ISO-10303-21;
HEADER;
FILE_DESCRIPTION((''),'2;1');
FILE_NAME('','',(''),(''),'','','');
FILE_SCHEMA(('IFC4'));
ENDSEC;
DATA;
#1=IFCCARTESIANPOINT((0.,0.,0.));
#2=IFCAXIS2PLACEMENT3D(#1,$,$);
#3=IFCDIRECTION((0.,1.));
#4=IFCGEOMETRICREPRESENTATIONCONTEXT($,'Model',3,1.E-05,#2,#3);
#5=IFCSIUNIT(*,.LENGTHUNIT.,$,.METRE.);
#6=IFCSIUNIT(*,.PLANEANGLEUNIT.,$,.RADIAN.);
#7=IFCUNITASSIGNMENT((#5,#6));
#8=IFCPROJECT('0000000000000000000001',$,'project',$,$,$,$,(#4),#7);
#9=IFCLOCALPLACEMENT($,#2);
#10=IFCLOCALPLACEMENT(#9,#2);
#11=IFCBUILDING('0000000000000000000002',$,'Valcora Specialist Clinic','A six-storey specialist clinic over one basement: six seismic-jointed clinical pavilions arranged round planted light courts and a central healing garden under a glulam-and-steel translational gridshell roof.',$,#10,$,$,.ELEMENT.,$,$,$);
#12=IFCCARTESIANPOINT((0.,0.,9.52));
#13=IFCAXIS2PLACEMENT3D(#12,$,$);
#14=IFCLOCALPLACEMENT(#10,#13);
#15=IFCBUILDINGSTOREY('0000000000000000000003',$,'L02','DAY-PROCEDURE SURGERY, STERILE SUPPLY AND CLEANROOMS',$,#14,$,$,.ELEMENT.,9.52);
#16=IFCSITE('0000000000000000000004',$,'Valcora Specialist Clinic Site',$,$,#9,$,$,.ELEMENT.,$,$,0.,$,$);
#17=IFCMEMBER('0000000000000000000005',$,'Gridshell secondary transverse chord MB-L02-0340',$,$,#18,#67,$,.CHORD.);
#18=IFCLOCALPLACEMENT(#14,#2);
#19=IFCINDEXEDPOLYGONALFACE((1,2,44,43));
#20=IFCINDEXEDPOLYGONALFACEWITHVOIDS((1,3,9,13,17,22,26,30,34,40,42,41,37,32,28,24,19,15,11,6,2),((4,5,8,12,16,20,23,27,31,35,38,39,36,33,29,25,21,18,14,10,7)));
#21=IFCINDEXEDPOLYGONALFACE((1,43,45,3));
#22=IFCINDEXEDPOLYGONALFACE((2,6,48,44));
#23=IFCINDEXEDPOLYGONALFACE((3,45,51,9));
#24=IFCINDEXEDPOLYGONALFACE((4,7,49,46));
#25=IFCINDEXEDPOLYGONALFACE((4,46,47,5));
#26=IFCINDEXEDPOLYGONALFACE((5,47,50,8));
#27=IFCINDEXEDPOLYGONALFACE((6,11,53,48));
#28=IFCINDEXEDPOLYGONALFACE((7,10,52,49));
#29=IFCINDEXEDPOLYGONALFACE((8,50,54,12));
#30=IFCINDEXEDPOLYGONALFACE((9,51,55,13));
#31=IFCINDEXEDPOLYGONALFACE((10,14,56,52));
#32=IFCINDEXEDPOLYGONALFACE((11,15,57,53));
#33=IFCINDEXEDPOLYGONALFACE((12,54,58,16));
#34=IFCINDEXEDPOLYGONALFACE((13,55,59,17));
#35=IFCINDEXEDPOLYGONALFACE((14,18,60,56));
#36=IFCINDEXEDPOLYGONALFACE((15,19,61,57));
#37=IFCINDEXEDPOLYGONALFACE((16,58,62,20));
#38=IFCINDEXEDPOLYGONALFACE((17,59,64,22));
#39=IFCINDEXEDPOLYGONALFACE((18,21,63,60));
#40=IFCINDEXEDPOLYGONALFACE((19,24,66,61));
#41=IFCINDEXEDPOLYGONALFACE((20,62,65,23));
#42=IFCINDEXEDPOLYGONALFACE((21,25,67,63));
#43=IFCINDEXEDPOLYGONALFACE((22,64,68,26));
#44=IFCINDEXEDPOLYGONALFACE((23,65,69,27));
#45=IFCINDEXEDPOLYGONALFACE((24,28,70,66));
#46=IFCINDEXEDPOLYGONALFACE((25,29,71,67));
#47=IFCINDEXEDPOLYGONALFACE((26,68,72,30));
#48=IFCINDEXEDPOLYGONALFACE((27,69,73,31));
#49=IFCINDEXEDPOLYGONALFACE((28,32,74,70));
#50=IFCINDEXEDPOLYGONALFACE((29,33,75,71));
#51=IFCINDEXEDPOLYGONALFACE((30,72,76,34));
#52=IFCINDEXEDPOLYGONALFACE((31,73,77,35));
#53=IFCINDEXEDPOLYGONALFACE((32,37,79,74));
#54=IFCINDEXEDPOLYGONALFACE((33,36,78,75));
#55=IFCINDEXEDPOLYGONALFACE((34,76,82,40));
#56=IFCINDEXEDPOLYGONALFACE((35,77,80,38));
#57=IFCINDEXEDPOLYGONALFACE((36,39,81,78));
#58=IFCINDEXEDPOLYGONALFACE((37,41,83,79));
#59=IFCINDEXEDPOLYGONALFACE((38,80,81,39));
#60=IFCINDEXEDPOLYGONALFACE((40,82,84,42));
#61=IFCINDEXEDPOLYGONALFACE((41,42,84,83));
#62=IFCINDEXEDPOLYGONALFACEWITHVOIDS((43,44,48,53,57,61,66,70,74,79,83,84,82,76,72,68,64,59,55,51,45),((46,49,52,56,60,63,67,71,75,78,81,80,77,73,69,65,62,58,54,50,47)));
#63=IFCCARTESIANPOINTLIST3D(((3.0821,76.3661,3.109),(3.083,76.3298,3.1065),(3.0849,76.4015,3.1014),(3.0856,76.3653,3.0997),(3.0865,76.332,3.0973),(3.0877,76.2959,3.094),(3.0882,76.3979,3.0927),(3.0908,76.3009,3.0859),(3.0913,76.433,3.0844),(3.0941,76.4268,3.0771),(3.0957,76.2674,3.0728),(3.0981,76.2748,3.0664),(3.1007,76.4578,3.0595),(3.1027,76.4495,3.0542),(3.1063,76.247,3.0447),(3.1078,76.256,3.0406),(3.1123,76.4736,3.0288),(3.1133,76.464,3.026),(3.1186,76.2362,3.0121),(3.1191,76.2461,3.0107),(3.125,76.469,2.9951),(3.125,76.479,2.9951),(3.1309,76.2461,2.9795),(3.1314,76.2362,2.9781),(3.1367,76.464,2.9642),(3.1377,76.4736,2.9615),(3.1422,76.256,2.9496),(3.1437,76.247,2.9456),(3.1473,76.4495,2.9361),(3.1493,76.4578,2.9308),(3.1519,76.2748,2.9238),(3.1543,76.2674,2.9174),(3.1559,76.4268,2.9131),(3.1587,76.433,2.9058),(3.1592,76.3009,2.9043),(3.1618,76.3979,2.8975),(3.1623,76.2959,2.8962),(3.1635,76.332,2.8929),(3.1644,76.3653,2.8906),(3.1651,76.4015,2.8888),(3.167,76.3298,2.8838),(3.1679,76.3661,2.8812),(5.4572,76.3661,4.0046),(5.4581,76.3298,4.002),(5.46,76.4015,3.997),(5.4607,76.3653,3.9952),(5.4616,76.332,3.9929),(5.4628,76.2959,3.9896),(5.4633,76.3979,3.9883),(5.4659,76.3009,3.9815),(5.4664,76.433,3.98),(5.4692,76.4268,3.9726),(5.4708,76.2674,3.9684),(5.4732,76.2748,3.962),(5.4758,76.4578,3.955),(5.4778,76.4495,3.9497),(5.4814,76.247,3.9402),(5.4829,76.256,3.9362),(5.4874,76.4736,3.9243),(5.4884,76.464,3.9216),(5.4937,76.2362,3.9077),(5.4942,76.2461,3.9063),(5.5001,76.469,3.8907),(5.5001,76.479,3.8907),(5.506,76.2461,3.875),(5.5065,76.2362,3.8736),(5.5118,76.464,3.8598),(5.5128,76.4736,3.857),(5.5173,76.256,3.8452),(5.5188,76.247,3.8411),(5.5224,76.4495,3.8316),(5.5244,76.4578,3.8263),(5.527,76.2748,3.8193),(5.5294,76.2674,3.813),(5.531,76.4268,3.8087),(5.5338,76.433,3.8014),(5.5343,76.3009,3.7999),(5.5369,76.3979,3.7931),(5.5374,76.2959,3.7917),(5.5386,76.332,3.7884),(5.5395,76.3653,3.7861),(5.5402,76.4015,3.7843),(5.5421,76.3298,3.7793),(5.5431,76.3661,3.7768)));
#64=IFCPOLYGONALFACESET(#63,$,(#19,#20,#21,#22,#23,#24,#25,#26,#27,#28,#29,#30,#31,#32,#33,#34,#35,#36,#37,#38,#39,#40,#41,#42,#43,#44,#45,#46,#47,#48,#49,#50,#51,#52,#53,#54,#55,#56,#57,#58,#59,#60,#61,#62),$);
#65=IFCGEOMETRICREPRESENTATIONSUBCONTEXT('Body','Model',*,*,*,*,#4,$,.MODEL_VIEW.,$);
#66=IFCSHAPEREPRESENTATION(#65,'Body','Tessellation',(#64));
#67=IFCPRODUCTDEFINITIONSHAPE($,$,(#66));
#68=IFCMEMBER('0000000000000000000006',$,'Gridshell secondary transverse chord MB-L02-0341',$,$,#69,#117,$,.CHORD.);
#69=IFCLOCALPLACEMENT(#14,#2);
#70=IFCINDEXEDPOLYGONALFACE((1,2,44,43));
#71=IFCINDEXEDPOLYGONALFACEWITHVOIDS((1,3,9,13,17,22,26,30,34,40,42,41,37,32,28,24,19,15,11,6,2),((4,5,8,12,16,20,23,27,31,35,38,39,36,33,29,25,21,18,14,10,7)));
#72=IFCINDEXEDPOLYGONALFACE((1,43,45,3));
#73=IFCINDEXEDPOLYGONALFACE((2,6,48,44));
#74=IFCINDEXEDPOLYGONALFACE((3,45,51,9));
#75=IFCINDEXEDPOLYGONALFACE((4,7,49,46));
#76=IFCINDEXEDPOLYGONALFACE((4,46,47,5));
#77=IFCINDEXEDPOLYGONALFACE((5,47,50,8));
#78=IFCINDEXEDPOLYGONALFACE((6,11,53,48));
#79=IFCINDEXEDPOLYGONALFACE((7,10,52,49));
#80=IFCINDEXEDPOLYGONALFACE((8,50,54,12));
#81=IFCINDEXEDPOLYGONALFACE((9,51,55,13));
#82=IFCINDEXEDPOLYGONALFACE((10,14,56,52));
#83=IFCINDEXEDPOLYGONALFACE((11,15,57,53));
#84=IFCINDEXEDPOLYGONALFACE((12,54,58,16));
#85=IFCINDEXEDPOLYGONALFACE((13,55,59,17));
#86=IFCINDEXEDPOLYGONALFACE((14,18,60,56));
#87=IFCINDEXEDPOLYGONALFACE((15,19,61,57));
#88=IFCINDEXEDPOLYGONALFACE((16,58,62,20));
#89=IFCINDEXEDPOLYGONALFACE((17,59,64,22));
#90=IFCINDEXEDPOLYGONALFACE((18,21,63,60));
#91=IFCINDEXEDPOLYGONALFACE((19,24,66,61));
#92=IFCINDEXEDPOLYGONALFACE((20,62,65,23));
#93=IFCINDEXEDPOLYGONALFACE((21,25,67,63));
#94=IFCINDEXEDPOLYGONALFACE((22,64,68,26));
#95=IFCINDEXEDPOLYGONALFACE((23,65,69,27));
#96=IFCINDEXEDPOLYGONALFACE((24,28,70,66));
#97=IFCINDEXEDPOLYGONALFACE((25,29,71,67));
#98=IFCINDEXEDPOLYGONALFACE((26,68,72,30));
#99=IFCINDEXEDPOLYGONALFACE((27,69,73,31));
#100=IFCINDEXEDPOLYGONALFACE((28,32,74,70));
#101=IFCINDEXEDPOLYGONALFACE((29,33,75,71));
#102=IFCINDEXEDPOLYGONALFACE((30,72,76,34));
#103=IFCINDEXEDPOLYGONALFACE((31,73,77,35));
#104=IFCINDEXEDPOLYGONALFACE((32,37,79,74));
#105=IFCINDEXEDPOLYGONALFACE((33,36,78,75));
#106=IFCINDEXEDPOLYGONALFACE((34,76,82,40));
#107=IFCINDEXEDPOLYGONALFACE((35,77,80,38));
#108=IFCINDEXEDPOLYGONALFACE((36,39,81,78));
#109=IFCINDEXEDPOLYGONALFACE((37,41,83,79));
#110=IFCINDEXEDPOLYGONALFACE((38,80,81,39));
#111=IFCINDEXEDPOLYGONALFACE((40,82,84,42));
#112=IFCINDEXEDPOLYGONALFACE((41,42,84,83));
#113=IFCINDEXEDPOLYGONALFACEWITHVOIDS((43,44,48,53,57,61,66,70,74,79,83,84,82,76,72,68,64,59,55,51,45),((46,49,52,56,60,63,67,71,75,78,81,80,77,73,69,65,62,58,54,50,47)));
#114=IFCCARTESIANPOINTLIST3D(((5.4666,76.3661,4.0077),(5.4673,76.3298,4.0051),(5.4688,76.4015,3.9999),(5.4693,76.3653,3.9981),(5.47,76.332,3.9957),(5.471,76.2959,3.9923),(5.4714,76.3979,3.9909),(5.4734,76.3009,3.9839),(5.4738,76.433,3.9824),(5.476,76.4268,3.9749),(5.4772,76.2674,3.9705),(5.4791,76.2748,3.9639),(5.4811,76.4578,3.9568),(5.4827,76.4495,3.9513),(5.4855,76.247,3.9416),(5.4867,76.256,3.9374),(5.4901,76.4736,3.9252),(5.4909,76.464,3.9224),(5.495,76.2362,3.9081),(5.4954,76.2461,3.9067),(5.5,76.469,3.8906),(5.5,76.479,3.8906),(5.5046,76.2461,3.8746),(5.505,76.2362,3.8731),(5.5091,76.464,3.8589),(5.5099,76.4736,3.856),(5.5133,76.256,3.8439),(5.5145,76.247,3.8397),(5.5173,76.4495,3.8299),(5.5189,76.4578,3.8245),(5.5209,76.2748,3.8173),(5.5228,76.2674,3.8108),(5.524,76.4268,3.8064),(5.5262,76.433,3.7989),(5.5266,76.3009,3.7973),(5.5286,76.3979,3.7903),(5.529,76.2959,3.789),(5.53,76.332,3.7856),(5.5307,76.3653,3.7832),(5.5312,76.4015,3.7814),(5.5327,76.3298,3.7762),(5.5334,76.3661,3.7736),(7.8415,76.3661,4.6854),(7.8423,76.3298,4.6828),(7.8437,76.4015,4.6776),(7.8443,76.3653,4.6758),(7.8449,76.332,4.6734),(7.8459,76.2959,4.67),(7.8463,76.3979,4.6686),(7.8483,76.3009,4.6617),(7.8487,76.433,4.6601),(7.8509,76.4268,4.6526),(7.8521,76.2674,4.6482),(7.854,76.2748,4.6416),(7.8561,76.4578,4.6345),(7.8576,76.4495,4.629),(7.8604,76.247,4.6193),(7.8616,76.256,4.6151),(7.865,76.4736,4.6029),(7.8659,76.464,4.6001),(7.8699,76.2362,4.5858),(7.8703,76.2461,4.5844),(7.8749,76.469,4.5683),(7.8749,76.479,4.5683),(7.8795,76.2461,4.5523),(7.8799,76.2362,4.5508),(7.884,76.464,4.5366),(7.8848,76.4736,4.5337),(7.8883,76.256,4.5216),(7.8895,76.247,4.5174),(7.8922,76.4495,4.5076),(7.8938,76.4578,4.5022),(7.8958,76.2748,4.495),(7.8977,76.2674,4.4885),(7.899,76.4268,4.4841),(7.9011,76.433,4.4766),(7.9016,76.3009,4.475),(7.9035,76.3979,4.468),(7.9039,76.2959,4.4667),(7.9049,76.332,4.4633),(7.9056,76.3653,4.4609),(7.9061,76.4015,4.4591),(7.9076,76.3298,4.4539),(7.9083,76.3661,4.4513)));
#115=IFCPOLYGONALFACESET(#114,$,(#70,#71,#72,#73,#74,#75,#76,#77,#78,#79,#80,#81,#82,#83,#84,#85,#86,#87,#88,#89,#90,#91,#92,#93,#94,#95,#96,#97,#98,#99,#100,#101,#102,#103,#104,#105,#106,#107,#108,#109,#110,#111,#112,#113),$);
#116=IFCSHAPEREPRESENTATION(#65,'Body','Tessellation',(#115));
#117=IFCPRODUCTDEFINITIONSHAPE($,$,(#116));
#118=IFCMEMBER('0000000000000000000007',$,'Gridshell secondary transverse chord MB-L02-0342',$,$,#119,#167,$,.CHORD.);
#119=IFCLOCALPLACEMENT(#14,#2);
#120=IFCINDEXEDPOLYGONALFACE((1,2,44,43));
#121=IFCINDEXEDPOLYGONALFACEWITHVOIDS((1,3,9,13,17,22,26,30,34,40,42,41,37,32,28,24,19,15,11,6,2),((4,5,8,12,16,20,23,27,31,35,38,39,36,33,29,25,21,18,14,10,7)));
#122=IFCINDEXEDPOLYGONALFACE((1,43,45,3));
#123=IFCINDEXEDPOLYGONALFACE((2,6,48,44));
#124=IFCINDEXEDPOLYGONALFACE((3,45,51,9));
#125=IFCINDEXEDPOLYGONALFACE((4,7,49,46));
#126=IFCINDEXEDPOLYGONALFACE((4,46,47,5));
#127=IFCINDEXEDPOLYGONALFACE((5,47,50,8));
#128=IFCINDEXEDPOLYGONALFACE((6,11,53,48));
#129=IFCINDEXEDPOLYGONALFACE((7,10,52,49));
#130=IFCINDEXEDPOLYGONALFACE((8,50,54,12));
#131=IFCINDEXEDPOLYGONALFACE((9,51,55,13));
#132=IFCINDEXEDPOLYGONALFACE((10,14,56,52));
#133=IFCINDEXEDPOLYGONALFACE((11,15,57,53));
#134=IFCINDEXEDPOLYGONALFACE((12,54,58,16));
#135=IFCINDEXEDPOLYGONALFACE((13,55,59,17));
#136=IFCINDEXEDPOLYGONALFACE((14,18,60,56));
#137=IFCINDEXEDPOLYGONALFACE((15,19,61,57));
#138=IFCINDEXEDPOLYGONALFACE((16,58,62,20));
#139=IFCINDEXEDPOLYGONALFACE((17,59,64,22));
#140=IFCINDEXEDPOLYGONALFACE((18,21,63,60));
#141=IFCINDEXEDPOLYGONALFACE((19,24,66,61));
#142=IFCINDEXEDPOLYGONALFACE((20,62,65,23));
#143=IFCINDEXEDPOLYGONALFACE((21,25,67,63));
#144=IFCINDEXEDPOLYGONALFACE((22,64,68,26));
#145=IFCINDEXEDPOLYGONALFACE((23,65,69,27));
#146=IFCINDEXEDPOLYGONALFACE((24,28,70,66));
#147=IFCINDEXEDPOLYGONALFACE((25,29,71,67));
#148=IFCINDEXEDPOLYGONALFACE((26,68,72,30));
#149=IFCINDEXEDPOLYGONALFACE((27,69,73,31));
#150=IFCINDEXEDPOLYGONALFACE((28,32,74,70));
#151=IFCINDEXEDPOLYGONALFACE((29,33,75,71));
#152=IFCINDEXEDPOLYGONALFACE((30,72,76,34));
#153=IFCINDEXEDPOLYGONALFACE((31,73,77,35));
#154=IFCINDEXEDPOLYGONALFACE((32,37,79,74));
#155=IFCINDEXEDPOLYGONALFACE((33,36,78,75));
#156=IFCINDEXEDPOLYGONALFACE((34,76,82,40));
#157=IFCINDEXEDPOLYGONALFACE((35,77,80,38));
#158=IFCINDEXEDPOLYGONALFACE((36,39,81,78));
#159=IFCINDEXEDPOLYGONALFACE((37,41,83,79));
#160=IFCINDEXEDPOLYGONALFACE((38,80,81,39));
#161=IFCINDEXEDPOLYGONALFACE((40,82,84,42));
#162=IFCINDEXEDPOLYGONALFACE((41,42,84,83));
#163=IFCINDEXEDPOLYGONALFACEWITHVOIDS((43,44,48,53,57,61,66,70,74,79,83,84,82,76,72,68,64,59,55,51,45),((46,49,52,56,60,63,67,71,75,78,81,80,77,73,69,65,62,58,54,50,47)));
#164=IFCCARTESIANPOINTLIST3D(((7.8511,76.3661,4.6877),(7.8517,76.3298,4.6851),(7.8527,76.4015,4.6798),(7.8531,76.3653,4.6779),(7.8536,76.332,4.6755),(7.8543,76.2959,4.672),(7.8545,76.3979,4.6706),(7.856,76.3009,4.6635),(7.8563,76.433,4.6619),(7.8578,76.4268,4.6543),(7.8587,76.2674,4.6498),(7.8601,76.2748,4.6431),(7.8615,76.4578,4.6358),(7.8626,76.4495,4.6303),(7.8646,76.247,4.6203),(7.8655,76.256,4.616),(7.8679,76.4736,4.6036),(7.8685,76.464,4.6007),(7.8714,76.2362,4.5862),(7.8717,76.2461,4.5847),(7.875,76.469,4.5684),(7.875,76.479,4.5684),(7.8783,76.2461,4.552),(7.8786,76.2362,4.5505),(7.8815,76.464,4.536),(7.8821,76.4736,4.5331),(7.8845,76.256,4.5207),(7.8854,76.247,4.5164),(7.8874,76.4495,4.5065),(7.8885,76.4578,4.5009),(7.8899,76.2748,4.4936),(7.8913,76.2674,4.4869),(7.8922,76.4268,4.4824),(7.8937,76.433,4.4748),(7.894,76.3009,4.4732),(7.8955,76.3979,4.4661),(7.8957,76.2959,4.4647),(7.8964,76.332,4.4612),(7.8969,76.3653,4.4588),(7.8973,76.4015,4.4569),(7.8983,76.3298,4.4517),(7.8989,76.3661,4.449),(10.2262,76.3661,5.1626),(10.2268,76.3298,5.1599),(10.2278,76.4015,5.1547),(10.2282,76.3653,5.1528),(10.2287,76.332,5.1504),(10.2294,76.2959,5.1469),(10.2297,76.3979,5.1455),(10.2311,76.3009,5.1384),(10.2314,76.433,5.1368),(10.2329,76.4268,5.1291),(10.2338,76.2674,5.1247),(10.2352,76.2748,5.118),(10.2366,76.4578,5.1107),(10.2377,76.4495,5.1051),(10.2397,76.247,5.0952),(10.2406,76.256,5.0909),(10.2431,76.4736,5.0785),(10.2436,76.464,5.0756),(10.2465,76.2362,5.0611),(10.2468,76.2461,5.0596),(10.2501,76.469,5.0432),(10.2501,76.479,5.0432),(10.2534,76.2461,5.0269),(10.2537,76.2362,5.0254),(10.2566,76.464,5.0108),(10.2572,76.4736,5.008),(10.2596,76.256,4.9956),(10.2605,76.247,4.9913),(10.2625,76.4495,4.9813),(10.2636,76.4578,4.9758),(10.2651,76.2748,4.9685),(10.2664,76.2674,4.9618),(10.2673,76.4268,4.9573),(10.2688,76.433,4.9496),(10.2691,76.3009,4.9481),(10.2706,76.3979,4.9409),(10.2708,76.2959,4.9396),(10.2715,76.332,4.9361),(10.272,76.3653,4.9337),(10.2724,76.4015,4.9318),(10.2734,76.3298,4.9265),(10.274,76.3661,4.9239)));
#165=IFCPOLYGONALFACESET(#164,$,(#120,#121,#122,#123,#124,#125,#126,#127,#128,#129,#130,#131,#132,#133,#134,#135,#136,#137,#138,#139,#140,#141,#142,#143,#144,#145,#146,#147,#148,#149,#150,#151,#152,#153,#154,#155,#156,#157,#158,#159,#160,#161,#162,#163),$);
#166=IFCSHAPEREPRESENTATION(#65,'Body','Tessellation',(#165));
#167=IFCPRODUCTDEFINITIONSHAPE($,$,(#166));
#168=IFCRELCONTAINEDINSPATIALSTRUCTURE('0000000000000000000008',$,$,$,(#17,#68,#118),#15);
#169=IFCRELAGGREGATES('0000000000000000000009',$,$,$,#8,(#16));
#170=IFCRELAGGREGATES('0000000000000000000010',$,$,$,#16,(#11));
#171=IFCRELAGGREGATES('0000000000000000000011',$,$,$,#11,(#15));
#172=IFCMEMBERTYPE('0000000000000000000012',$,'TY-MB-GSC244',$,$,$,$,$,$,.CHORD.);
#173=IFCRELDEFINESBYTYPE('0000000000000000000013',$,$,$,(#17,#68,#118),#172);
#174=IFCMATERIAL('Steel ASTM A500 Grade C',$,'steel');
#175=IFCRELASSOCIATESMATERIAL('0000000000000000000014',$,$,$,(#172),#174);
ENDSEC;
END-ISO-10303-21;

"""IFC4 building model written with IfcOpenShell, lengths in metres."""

from ifc_helpers import new_model, si_unit, direction, frame, origin, origin_2d, place, context, subcontext, project, spatial, hollow_circle, extrude, material, material_profile, profile_set, type_object, element, save


model = new_model("IFC4")

# Units and contexts
model_context = context("Model", 3, precision=1e-05, world=origin(), true_north=direction((0.0, 1.0)))
body_context = subcontext(model_context, "Body", "Model", "MODEL_VIEW")
ifc_project = project(units=[si_unit("LENGTHUNIT", "METRE"), si_unit("PLANEANGLEUNIT", "RADIAN")], contexts=[model_context])

# Site, building, storey
site_placement = place(None, origin())
site = spatial("IfcSite", under=ifc_project, at=site_placement, Name="Valcora Specialist Clinic Site", CompositionType="ELEMENT", RefElevation=0.0)
building_placement = place(site_placement, origin())
building = spatial("IfcBuilding", under=site, at=building_placement, Name="Valcora Specialist Clinic", Description="A six-storey specialist clinic over one basement: six seismic-jointed clinical pavilions arranged round planted light courts and a central healing garden under a glulam-and-steel translational gridshell roof.", CompositionType="ELEMENT")
storey_placement = place(building_placement, frame((0.0, 0.0, 9.52)))
storey = spatial("IfcBuildingStorey", under=building, at=storey_placement, Name="L02", Description="DAY-PROCEDURE SURGERY, STERILE SUPPLY AND CLEANROOMS", CompositionType="ELEMENT", Elevation=9.52)

# Members
ifc_material_1 = material(Name="Steel ASTM A500 Grade C", Category="steel")
ifc_material_profile_1 = material_profile(ifc_material_1, hollow_circle(Radius=0.1221, WallThickness=0.01, at=origin_2d()), Name="ST-CHS-244X10")
ifc_profile_set_1 = profile_set([ifc_material_profile_1], Name="Steel ASTM A500 Grade C")
member_type_1 = type_object("IfcMemberType", Name="TY-MB-GSC244", PredefinedType="CHORD", material=ifc_profile_set_1)
member_1_placement = place(storey_placement, frame((3.125, 76.3569, 2.9951), z_axis=(0.935695, 0.0, 0.352809), x_axis=(0.0, 1.0, 0.0)))
element("IfcMember", 1, at=member_1_placement, inside=storey, type_object=member_type_1, Name="Gridshell secondary transverse chord MB-L02-0340", PredefinedType="CHORD", context=body_context, shape_type="SweptSolid", body=[
    extrude(hollow_circle(Radius=0.1221, WallThickness=0.01, at=origin_2d()), origin(), (0.0, 0.0, 1.0), 2.5383),
])
member_2_placement = place(storey_placement, frame((5.5, 76.3569, 3.8906), z_axis=(0.961613, 0.0, 0.274408), x_axis=(0.0, 1.0, 0.0)))
element("IfcMember", 2, at=member_2_placement, inside=storey, type_object=member_type_1, Name="Gridshell secondary transverse chord MB-L02-0341", PredefinedType="CHORD", context=body_context, shape_type="SweptSolid", body=[
    extrude(hollow_circle(Radius=0.1221, WallThickness=0.01, at=origin_2d()), origin(), (0.0, 0.0, 1.0), 2.4697),
])
member_3_placement = place(storey_placement, frame((7.875, 76.3569, 4.5684), z_axis=(0.980592, 0.0, 0.196058), x_axis=(0.0, 1.0, 0.0)))
element("IfcMember", 3, at=member_3_placement, inside=storey, type_object=member_type_1, Name="Gridshell secondary transverse chord MB-L02-0342", PredefinedType="CHORD", context=body_context, shape_type="SweptSolid", body=[
    extrude(hollow_circle(Radius=0.1221, WallThickness=0.01, at=origin_2d()), origin(), (0.0, 0.0, 1.0), 2.4221),
])

save(model, "model.ifc")
